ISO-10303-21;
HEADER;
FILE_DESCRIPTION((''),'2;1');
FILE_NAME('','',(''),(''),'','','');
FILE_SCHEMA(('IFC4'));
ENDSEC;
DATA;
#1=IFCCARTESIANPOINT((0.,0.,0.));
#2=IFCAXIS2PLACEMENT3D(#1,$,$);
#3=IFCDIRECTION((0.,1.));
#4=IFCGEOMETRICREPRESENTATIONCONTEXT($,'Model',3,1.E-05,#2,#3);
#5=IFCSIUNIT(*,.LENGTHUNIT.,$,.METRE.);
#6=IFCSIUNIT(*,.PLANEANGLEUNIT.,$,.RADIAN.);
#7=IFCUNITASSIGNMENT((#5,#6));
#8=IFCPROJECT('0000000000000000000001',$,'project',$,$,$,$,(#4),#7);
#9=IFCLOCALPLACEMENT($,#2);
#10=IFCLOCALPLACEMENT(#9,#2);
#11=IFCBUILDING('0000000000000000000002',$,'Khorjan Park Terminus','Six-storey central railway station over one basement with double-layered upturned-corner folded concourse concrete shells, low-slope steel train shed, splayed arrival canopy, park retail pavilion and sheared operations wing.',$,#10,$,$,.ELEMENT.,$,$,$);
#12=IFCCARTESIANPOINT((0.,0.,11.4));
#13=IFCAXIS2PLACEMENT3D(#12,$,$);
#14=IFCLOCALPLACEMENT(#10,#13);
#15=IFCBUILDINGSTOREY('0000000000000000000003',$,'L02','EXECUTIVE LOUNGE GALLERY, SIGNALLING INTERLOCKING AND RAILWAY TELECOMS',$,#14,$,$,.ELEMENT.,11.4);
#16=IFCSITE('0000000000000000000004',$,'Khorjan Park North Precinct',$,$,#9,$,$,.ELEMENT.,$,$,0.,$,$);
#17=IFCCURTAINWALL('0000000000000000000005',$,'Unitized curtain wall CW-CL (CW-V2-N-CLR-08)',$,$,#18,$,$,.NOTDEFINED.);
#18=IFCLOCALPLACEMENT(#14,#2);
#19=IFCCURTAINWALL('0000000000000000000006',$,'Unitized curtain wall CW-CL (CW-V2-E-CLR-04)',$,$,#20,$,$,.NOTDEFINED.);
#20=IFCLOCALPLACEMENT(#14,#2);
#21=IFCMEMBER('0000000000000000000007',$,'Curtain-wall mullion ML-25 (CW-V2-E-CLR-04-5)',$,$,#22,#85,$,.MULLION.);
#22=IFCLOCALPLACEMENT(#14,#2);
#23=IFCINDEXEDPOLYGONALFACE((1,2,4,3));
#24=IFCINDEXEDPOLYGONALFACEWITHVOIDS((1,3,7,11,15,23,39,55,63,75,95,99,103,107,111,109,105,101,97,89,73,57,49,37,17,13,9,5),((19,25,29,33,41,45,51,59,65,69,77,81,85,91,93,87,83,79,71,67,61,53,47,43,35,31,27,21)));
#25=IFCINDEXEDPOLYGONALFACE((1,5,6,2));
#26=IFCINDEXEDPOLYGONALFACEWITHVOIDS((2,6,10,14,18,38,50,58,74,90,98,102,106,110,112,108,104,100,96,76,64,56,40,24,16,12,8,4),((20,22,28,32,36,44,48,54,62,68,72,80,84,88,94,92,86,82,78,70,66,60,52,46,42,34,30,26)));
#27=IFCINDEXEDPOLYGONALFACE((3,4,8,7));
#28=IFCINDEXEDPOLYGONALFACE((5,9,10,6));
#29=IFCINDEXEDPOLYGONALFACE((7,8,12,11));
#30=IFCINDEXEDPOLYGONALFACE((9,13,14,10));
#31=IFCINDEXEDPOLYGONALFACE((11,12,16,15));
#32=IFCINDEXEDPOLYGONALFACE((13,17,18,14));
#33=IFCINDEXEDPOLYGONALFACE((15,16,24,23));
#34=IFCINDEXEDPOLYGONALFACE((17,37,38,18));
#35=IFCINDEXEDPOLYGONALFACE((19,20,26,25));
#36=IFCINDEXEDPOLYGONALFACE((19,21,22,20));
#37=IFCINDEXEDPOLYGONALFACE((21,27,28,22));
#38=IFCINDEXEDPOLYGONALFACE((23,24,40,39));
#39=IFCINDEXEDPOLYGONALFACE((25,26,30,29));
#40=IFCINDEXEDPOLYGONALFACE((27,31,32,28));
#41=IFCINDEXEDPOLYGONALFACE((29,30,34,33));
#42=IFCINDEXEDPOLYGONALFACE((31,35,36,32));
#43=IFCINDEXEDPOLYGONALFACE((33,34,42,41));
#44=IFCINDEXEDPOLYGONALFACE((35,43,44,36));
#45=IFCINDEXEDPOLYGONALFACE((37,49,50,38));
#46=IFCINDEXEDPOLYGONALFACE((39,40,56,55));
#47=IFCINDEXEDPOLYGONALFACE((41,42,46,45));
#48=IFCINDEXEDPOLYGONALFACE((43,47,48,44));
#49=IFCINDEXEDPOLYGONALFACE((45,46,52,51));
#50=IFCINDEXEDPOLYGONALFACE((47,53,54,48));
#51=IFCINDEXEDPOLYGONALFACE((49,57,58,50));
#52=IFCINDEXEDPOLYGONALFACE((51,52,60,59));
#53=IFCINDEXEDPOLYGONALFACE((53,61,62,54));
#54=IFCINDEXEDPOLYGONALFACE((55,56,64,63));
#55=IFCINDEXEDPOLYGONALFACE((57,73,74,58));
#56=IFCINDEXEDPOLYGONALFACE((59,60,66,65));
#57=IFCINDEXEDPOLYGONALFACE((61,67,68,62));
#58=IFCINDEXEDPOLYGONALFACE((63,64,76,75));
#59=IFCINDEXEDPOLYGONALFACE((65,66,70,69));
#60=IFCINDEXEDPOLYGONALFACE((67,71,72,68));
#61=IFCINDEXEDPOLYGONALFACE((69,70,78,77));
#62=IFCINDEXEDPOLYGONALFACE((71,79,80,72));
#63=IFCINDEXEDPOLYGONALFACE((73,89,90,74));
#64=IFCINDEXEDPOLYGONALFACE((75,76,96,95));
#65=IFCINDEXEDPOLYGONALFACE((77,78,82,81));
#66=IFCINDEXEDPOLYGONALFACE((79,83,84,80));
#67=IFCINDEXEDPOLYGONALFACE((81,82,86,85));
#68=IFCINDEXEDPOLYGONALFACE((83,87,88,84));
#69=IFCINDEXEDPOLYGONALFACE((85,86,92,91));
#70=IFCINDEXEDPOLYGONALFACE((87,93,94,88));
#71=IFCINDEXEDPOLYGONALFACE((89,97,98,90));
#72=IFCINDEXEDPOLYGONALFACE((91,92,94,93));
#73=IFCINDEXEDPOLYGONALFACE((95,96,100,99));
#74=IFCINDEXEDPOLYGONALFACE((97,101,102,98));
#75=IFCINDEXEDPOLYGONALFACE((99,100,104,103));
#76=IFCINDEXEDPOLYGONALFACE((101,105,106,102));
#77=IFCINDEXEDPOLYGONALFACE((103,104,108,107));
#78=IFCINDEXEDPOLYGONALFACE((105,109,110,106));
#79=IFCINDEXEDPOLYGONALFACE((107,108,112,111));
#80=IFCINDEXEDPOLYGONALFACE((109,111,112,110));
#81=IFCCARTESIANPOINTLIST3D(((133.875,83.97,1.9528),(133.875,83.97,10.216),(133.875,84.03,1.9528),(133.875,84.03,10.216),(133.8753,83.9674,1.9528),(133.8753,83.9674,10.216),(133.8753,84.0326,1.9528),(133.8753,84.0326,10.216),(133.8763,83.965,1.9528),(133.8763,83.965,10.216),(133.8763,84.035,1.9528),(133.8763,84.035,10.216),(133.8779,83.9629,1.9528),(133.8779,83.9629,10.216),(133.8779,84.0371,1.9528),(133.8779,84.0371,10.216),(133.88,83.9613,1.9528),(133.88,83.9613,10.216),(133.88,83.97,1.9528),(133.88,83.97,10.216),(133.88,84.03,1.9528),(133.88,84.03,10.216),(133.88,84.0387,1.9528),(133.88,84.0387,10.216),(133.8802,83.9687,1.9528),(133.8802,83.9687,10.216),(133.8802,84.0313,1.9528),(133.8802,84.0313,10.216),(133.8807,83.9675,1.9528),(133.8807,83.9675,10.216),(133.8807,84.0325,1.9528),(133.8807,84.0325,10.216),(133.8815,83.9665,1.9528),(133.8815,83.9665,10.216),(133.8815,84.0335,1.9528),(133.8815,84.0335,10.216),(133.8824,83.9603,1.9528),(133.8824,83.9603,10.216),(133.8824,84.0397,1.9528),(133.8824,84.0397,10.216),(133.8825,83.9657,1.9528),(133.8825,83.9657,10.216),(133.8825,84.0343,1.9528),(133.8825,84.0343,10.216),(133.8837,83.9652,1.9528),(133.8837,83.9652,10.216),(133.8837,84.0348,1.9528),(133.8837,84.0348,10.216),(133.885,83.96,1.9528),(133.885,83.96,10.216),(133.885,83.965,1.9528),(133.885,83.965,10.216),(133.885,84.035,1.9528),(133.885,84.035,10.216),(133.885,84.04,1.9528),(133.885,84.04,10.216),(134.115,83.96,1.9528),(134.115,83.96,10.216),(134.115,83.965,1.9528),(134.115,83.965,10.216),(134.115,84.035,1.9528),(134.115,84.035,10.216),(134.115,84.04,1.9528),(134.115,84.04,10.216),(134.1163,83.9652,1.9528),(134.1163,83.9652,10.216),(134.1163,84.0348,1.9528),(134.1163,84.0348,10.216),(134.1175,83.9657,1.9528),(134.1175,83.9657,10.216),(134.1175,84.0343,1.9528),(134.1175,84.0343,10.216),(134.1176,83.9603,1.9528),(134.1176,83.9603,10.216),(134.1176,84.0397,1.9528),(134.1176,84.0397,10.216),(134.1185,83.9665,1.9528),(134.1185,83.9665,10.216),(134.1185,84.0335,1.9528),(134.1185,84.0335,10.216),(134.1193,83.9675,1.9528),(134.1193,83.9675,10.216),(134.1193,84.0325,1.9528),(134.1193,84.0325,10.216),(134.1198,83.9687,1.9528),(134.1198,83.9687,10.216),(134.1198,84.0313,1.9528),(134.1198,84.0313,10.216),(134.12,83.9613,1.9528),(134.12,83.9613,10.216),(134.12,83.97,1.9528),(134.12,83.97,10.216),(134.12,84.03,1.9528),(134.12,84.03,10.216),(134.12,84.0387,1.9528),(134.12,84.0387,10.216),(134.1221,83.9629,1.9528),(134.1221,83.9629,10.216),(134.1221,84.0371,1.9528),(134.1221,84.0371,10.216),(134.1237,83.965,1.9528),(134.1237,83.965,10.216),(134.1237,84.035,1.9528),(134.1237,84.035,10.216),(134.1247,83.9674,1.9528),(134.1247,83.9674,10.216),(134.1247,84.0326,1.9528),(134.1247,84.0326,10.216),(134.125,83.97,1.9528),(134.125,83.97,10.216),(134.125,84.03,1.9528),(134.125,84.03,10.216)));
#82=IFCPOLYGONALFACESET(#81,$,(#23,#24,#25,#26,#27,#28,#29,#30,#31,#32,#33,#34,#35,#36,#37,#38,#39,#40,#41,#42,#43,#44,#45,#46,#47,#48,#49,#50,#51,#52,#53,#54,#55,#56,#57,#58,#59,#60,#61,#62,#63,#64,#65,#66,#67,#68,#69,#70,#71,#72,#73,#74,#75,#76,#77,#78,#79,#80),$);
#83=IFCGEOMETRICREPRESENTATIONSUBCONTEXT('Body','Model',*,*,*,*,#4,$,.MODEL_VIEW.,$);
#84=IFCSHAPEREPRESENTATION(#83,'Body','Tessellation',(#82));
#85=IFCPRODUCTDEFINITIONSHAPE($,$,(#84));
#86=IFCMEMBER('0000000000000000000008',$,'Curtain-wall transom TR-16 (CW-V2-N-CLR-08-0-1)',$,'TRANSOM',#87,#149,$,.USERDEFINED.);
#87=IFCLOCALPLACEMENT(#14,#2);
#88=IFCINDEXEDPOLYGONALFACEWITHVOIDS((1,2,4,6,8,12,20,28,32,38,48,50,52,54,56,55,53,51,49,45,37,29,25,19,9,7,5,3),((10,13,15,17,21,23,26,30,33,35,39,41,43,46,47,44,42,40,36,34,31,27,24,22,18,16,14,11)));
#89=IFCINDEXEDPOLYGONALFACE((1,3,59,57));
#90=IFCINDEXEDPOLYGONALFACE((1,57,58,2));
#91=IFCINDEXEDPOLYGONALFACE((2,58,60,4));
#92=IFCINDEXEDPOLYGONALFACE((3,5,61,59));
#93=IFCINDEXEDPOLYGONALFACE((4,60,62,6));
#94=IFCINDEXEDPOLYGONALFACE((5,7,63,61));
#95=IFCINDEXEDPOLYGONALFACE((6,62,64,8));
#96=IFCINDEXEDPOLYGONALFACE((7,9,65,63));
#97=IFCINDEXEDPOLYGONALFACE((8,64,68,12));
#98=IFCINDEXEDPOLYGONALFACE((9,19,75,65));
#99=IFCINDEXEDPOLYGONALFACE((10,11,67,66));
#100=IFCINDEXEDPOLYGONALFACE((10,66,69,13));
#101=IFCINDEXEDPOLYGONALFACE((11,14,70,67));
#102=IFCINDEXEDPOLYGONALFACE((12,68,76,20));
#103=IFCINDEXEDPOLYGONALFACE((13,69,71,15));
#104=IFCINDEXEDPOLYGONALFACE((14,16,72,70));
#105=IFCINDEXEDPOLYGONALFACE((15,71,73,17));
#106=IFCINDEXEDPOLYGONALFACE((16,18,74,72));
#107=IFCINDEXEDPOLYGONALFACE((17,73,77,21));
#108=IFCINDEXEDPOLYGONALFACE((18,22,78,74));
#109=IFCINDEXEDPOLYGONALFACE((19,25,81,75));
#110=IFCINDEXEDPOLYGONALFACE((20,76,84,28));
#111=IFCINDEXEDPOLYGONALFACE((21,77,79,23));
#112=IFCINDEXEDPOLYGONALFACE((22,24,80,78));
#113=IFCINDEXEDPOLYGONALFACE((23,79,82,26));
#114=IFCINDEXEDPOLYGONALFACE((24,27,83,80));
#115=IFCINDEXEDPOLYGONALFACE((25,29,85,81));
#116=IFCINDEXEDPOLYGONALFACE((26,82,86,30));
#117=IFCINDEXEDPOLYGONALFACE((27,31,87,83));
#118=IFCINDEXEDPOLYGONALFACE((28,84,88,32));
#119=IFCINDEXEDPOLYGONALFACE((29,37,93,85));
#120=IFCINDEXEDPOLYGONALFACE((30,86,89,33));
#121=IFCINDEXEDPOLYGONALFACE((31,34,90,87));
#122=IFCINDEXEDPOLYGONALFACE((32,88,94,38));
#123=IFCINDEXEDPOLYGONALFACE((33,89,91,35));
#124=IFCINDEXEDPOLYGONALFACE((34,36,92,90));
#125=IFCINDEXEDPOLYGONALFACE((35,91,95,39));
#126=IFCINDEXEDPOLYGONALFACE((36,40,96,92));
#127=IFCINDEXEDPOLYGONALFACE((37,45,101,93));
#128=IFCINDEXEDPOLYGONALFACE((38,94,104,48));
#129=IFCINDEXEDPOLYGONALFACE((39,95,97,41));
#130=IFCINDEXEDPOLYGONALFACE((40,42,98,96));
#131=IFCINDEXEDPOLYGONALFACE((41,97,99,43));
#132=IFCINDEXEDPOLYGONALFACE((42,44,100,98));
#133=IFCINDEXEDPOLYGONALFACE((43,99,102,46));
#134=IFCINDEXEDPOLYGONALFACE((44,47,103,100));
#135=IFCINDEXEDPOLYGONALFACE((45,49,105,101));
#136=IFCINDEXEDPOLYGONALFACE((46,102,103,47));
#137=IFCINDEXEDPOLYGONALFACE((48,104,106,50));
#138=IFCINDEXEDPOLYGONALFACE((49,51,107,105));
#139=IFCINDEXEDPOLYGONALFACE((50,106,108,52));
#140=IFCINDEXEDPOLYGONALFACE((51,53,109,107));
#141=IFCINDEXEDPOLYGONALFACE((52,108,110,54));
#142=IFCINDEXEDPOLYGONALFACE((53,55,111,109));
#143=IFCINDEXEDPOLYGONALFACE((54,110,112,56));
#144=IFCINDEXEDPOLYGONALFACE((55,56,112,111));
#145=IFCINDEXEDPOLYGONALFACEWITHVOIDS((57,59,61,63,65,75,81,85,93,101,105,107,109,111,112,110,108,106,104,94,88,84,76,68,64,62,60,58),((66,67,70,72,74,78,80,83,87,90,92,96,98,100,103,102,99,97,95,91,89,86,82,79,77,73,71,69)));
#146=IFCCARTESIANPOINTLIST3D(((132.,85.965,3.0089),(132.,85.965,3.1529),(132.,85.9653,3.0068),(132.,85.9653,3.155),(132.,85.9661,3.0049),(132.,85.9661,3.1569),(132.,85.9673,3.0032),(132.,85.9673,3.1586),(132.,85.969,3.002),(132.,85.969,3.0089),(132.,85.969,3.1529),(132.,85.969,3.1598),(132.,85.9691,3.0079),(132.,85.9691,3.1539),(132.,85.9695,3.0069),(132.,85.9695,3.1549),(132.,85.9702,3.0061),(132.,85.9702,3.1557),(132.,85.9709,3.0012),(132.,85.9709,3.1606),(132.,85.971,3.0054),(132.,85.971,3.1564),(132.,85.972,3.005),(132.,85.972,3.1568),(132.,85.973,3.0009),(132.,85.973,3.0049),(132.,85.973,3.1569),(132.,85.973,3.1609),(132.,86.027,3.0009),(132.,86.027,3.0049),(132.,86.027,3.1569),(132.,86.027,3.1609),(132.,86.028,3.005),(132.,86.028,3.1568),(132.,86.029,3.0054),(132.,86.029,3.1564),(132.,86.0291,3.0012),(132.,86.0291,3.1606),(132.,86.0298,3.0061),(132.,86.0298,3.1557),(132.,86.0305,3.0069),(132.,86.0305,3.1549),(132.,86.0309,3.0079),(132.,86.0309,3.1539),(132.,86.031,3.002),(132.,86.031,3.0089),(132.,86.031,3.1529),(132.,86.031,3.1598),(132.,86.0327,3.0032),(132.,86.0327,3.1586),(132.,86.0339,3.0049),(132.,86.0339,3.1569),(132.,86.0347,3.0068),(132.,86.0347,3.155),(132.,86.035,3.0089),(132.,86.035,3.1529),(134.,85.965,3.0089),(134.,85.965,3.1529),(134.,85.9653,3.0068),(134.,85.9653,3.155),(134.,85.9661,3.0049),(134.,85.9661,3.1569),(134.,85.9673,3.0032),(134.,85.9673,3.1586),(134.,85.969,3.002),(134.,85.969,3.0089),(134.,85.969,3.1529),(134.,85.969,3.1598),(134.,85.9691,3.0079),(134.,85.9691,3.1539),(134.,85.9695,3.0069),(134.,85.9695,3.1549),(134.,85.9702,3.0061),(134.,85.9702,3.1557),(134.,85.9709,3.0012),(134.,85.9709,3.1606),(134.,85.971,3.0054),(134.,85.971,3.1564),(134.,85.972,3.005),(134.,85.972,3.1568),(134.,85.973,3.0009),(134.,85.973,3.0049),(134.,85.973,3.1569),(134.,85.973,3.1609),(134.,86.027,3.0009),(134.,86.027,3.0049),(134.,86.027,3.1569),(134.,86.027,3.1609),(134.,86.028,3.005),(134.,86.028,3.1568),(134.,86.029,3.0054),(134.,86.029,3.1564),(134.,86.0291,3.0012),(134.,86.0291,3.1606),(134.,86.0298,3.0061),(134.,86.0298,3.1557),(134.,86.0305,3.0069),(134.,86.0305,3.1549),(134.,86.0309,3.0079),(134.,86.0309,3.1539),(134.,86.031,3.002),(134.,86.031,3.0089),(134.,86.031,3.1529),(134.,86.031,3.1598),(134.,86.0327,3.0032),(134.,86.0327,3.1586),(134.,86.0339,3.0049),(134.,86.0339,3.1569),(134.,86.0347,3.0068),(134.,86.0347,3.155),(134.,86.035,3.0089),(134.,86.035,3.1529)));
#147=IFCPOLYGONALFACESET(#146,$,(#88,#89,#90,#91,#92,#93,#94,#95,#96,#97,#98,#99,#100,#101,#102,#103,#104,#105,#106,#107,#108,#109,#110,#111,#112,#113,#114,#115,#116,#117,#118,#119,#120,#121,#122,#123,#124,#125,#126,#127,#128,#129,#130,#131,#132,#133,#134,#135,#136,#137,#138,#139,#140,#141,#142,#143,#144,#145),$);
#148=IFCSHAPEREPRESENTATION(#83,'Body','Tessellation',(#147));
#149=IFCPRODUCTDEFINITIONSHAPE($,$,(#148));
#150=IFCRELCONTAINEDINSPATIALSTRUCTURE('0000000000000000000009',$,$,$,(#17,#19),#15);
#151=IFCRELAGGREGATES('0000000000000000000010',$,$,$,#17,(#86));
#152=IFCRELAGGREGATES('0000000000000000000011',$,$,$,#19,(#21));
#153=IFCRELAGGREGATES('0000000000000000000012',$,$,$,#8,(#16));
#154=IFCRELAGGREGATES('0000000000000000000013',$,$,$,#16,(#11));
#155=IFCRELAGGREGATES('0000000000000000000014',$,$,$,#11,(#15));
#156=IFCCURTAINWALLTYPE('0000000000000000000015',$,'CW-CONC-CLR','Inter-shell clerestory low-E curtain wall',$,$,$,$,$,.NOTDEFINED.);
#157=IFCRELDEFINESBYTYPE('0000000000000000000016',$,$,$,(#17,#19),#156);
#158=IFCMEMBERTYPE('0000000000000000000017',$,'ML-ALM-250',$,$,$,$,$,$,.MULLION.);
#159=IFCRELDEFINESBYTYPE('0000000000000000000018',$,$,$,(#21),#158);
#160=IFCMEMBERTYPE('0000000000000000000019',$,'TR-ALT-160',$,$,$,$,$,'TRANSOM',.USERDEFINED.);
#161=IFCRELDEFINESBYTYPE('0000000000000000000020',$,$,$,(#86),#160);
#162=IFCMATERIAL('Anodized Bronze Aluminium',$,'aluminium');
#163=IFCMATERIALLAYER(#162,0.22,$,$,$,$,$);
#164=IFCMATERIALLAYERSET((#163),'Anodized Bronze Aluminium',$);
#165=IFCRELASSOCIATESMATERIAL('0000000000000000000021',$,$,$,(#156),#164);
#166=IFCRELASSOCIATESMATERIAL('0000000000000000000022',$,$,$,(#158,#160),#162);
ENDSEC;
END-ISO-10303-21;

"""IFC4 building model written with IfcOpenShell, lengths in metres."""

from ifc_helpers import new_model, si_unit, direction, frame, origin, origin_2d, place, context, subcontext, project, spatial, hollow_rectangle, extrude, material, layer, layer_set, material_profile, profile_set, type_object, element, aggregate, save


model = new_model("IFC4")

# Units and contexts
model_context = context("Model", 3, precision=1e-05, world=origin(), true_north=direction((0.0, 1.0)))
body_context = subcontext(model_context, "Body", "Model", "MODEL_VIEW")
ifc_project = project(units=[si_unit("LENGTHUNIT", "METRE"), si_unit("PLANEANGLEUNIT", "RADIAN")], contexts=[model_context])

# Site, building, storey
site_placement = place(None, origin())
site = spatial("IfcSite", under=ifc_project, at=site_placement, Name="Khorjan Park North Precinct", CompositionType="ELEMENT", RefElevation=0.0)
building_placement = place(site_placement, origin())
building = spatial("IfcBuilding", under=site, at=building_placement, Name="Khorjan Park Terminus", Description="Six-storey central railway station over one basement with double-layered upturned-corner folded concourse concrete shells, low-slope steel train shed, splayed arrival canopy, park retail pavilion and sheared operations wing.", CompositionType="ELEMENT")
storey_placement = place(building_placement, frame((0.0, 0.0, 11.4)))
storey = spatial("IfcBuildingStorey", under=building, at=storey_placement, Name="L02", Description="EXECUTIVE LOUNGE GALLERY, SIGNALLING INTERLOCKING AND RAILWAY TELECOMS", CompositionType="ELEMENT", Elevation=11.4)

# Curtain walls, member
ifc_material_1 = material(Name="Anodized Bronze Aluminium", Category="aluminium")
ifc_layer_1 = layer(ifc_material_1, 0.22)
ifc_layer_set_1 = layer_set([ifc_layer_1], Name="Anodized Bronze Aluminium")
curtain_wall_type = type_object("IfcCurtainWallType", Name="CW-CONC-CLR", Description="Inter-shell clerestory low-E curtain wall", PredefinedType="NOTDEFINED", material=ifc_layer_set_1)
curtain_wall_1_placement = place(storey_placement, origin())
curtain_wall_1 = element("IfcCurtainWall", 1, at=curtain_wall_1_placement, inside=storey, type_object=curtain_wall_type, Name="Unitized curtain wall CW-CL (CW-V2-N-CLR-08)", PredefinedType="NOTDEFINED")
ifc_material_profile_1 = material_profile(ifc_material_1, hollow_rectangle(XDim=0.08, YDim=0.25, WallThickness=0.005, InnerFilletRadius=0.005, OuterFilletRadius=0.01, at=origin_2d()), Name="ALM 80x250x5")
ifc_profile_set_1 = profile_set([ifc_material_profile_1], Name="Anodized Bronze Aluminium")
member_type_1 = type_object("IfcMemberType", Name="ML-ALM-250", PredefinedType="MULLION", material=ifc_profile_set_1)
curtain_wall_2_placement = place(storey_placement, origin())
curtain_wall_2 = element("IfcCurtainWall", 2, at=curtain_wall_2_placement, inside=storey, type_object=curtain_wall_type, Name="Unitized curtain wall CW-CL (CW-V2-E-CLR-04)", PredefinedType="NOTDEFINED")
member_1_placement = place(storey_placement, frame((134.0, 84.0, 1.9528), z_axis=(0.0, 0.0, 1.0), x_axis=(0.0, 1.0, 0.0)))
member_1 = element("IfcMember", 3, at=member_1_placement, type_object=member_type_1, Name="Curtain-wall mullion ML-25 (CW-V2-E-CLR-04-5)", PredefinedType="MULLION", context=body_context, shape_type="SweptSolid", body=[
    extrude(hollow_rectangle(XDim=0.08, YDim=0.25, WallThickness=0.005, InnerFilletRadius=0.005, OuterFilletRadius=0.01, at=origin_2d()), origin(), (0.0, 0.0, 1.0), 8.2632),
])

# Member
ifc_material_profile_2 = material_profile(ifc_material_1, hollow_rectangle(XDim=0.07, YDim=0.16, WallThickness=0.004, InnerFilletRadius=0.004, OuterFilletRadius=0.008, at=origin_2d()), Name="ALT 70x160x4")
ifc_profile_set_2 = profile_set([ifc_material_profile_2], Name="Anodized Bronze Aluminium")
member_type_2 = type_object("IfcMemberType", Name="TR-ALT-160", ElementType="TRANSOM", PredefinedType="USERDEFINED", material=ifc_profile_set_2)
member_2_placement = place(storey_placement, frame((134.0, 86.0, 3.0809), z_axis=(-1.0, 0.0, 0.0), x_axis=(0.0, -1.0, 0.0)))
member_2 = element("IfcMember", 4, at=member_2_placement, type_object=member_type_2, Name="Curtain-wall transom TR-16 (CW-V2-N-CLR-08-0-1)", ObjectType="TRANSOM", PredefinedType="USERDEFINED", context=body_context, shape_type="SweptSolid", body=[
    extrude(hollow_rectangle(XDim=0.07, YDim=0.16, WallThickness=0.004, InnerFilletRadius=0.004, OuterFilletRadius=0.008, at=origin_2d()), origin(), (0.0, 0.0, 1.0), 2.0),
])
aggregate(curtain_wall_1, [member_2])

aggregate(curtain_wall_2, [member_1])

save(model, "model.ifc")
